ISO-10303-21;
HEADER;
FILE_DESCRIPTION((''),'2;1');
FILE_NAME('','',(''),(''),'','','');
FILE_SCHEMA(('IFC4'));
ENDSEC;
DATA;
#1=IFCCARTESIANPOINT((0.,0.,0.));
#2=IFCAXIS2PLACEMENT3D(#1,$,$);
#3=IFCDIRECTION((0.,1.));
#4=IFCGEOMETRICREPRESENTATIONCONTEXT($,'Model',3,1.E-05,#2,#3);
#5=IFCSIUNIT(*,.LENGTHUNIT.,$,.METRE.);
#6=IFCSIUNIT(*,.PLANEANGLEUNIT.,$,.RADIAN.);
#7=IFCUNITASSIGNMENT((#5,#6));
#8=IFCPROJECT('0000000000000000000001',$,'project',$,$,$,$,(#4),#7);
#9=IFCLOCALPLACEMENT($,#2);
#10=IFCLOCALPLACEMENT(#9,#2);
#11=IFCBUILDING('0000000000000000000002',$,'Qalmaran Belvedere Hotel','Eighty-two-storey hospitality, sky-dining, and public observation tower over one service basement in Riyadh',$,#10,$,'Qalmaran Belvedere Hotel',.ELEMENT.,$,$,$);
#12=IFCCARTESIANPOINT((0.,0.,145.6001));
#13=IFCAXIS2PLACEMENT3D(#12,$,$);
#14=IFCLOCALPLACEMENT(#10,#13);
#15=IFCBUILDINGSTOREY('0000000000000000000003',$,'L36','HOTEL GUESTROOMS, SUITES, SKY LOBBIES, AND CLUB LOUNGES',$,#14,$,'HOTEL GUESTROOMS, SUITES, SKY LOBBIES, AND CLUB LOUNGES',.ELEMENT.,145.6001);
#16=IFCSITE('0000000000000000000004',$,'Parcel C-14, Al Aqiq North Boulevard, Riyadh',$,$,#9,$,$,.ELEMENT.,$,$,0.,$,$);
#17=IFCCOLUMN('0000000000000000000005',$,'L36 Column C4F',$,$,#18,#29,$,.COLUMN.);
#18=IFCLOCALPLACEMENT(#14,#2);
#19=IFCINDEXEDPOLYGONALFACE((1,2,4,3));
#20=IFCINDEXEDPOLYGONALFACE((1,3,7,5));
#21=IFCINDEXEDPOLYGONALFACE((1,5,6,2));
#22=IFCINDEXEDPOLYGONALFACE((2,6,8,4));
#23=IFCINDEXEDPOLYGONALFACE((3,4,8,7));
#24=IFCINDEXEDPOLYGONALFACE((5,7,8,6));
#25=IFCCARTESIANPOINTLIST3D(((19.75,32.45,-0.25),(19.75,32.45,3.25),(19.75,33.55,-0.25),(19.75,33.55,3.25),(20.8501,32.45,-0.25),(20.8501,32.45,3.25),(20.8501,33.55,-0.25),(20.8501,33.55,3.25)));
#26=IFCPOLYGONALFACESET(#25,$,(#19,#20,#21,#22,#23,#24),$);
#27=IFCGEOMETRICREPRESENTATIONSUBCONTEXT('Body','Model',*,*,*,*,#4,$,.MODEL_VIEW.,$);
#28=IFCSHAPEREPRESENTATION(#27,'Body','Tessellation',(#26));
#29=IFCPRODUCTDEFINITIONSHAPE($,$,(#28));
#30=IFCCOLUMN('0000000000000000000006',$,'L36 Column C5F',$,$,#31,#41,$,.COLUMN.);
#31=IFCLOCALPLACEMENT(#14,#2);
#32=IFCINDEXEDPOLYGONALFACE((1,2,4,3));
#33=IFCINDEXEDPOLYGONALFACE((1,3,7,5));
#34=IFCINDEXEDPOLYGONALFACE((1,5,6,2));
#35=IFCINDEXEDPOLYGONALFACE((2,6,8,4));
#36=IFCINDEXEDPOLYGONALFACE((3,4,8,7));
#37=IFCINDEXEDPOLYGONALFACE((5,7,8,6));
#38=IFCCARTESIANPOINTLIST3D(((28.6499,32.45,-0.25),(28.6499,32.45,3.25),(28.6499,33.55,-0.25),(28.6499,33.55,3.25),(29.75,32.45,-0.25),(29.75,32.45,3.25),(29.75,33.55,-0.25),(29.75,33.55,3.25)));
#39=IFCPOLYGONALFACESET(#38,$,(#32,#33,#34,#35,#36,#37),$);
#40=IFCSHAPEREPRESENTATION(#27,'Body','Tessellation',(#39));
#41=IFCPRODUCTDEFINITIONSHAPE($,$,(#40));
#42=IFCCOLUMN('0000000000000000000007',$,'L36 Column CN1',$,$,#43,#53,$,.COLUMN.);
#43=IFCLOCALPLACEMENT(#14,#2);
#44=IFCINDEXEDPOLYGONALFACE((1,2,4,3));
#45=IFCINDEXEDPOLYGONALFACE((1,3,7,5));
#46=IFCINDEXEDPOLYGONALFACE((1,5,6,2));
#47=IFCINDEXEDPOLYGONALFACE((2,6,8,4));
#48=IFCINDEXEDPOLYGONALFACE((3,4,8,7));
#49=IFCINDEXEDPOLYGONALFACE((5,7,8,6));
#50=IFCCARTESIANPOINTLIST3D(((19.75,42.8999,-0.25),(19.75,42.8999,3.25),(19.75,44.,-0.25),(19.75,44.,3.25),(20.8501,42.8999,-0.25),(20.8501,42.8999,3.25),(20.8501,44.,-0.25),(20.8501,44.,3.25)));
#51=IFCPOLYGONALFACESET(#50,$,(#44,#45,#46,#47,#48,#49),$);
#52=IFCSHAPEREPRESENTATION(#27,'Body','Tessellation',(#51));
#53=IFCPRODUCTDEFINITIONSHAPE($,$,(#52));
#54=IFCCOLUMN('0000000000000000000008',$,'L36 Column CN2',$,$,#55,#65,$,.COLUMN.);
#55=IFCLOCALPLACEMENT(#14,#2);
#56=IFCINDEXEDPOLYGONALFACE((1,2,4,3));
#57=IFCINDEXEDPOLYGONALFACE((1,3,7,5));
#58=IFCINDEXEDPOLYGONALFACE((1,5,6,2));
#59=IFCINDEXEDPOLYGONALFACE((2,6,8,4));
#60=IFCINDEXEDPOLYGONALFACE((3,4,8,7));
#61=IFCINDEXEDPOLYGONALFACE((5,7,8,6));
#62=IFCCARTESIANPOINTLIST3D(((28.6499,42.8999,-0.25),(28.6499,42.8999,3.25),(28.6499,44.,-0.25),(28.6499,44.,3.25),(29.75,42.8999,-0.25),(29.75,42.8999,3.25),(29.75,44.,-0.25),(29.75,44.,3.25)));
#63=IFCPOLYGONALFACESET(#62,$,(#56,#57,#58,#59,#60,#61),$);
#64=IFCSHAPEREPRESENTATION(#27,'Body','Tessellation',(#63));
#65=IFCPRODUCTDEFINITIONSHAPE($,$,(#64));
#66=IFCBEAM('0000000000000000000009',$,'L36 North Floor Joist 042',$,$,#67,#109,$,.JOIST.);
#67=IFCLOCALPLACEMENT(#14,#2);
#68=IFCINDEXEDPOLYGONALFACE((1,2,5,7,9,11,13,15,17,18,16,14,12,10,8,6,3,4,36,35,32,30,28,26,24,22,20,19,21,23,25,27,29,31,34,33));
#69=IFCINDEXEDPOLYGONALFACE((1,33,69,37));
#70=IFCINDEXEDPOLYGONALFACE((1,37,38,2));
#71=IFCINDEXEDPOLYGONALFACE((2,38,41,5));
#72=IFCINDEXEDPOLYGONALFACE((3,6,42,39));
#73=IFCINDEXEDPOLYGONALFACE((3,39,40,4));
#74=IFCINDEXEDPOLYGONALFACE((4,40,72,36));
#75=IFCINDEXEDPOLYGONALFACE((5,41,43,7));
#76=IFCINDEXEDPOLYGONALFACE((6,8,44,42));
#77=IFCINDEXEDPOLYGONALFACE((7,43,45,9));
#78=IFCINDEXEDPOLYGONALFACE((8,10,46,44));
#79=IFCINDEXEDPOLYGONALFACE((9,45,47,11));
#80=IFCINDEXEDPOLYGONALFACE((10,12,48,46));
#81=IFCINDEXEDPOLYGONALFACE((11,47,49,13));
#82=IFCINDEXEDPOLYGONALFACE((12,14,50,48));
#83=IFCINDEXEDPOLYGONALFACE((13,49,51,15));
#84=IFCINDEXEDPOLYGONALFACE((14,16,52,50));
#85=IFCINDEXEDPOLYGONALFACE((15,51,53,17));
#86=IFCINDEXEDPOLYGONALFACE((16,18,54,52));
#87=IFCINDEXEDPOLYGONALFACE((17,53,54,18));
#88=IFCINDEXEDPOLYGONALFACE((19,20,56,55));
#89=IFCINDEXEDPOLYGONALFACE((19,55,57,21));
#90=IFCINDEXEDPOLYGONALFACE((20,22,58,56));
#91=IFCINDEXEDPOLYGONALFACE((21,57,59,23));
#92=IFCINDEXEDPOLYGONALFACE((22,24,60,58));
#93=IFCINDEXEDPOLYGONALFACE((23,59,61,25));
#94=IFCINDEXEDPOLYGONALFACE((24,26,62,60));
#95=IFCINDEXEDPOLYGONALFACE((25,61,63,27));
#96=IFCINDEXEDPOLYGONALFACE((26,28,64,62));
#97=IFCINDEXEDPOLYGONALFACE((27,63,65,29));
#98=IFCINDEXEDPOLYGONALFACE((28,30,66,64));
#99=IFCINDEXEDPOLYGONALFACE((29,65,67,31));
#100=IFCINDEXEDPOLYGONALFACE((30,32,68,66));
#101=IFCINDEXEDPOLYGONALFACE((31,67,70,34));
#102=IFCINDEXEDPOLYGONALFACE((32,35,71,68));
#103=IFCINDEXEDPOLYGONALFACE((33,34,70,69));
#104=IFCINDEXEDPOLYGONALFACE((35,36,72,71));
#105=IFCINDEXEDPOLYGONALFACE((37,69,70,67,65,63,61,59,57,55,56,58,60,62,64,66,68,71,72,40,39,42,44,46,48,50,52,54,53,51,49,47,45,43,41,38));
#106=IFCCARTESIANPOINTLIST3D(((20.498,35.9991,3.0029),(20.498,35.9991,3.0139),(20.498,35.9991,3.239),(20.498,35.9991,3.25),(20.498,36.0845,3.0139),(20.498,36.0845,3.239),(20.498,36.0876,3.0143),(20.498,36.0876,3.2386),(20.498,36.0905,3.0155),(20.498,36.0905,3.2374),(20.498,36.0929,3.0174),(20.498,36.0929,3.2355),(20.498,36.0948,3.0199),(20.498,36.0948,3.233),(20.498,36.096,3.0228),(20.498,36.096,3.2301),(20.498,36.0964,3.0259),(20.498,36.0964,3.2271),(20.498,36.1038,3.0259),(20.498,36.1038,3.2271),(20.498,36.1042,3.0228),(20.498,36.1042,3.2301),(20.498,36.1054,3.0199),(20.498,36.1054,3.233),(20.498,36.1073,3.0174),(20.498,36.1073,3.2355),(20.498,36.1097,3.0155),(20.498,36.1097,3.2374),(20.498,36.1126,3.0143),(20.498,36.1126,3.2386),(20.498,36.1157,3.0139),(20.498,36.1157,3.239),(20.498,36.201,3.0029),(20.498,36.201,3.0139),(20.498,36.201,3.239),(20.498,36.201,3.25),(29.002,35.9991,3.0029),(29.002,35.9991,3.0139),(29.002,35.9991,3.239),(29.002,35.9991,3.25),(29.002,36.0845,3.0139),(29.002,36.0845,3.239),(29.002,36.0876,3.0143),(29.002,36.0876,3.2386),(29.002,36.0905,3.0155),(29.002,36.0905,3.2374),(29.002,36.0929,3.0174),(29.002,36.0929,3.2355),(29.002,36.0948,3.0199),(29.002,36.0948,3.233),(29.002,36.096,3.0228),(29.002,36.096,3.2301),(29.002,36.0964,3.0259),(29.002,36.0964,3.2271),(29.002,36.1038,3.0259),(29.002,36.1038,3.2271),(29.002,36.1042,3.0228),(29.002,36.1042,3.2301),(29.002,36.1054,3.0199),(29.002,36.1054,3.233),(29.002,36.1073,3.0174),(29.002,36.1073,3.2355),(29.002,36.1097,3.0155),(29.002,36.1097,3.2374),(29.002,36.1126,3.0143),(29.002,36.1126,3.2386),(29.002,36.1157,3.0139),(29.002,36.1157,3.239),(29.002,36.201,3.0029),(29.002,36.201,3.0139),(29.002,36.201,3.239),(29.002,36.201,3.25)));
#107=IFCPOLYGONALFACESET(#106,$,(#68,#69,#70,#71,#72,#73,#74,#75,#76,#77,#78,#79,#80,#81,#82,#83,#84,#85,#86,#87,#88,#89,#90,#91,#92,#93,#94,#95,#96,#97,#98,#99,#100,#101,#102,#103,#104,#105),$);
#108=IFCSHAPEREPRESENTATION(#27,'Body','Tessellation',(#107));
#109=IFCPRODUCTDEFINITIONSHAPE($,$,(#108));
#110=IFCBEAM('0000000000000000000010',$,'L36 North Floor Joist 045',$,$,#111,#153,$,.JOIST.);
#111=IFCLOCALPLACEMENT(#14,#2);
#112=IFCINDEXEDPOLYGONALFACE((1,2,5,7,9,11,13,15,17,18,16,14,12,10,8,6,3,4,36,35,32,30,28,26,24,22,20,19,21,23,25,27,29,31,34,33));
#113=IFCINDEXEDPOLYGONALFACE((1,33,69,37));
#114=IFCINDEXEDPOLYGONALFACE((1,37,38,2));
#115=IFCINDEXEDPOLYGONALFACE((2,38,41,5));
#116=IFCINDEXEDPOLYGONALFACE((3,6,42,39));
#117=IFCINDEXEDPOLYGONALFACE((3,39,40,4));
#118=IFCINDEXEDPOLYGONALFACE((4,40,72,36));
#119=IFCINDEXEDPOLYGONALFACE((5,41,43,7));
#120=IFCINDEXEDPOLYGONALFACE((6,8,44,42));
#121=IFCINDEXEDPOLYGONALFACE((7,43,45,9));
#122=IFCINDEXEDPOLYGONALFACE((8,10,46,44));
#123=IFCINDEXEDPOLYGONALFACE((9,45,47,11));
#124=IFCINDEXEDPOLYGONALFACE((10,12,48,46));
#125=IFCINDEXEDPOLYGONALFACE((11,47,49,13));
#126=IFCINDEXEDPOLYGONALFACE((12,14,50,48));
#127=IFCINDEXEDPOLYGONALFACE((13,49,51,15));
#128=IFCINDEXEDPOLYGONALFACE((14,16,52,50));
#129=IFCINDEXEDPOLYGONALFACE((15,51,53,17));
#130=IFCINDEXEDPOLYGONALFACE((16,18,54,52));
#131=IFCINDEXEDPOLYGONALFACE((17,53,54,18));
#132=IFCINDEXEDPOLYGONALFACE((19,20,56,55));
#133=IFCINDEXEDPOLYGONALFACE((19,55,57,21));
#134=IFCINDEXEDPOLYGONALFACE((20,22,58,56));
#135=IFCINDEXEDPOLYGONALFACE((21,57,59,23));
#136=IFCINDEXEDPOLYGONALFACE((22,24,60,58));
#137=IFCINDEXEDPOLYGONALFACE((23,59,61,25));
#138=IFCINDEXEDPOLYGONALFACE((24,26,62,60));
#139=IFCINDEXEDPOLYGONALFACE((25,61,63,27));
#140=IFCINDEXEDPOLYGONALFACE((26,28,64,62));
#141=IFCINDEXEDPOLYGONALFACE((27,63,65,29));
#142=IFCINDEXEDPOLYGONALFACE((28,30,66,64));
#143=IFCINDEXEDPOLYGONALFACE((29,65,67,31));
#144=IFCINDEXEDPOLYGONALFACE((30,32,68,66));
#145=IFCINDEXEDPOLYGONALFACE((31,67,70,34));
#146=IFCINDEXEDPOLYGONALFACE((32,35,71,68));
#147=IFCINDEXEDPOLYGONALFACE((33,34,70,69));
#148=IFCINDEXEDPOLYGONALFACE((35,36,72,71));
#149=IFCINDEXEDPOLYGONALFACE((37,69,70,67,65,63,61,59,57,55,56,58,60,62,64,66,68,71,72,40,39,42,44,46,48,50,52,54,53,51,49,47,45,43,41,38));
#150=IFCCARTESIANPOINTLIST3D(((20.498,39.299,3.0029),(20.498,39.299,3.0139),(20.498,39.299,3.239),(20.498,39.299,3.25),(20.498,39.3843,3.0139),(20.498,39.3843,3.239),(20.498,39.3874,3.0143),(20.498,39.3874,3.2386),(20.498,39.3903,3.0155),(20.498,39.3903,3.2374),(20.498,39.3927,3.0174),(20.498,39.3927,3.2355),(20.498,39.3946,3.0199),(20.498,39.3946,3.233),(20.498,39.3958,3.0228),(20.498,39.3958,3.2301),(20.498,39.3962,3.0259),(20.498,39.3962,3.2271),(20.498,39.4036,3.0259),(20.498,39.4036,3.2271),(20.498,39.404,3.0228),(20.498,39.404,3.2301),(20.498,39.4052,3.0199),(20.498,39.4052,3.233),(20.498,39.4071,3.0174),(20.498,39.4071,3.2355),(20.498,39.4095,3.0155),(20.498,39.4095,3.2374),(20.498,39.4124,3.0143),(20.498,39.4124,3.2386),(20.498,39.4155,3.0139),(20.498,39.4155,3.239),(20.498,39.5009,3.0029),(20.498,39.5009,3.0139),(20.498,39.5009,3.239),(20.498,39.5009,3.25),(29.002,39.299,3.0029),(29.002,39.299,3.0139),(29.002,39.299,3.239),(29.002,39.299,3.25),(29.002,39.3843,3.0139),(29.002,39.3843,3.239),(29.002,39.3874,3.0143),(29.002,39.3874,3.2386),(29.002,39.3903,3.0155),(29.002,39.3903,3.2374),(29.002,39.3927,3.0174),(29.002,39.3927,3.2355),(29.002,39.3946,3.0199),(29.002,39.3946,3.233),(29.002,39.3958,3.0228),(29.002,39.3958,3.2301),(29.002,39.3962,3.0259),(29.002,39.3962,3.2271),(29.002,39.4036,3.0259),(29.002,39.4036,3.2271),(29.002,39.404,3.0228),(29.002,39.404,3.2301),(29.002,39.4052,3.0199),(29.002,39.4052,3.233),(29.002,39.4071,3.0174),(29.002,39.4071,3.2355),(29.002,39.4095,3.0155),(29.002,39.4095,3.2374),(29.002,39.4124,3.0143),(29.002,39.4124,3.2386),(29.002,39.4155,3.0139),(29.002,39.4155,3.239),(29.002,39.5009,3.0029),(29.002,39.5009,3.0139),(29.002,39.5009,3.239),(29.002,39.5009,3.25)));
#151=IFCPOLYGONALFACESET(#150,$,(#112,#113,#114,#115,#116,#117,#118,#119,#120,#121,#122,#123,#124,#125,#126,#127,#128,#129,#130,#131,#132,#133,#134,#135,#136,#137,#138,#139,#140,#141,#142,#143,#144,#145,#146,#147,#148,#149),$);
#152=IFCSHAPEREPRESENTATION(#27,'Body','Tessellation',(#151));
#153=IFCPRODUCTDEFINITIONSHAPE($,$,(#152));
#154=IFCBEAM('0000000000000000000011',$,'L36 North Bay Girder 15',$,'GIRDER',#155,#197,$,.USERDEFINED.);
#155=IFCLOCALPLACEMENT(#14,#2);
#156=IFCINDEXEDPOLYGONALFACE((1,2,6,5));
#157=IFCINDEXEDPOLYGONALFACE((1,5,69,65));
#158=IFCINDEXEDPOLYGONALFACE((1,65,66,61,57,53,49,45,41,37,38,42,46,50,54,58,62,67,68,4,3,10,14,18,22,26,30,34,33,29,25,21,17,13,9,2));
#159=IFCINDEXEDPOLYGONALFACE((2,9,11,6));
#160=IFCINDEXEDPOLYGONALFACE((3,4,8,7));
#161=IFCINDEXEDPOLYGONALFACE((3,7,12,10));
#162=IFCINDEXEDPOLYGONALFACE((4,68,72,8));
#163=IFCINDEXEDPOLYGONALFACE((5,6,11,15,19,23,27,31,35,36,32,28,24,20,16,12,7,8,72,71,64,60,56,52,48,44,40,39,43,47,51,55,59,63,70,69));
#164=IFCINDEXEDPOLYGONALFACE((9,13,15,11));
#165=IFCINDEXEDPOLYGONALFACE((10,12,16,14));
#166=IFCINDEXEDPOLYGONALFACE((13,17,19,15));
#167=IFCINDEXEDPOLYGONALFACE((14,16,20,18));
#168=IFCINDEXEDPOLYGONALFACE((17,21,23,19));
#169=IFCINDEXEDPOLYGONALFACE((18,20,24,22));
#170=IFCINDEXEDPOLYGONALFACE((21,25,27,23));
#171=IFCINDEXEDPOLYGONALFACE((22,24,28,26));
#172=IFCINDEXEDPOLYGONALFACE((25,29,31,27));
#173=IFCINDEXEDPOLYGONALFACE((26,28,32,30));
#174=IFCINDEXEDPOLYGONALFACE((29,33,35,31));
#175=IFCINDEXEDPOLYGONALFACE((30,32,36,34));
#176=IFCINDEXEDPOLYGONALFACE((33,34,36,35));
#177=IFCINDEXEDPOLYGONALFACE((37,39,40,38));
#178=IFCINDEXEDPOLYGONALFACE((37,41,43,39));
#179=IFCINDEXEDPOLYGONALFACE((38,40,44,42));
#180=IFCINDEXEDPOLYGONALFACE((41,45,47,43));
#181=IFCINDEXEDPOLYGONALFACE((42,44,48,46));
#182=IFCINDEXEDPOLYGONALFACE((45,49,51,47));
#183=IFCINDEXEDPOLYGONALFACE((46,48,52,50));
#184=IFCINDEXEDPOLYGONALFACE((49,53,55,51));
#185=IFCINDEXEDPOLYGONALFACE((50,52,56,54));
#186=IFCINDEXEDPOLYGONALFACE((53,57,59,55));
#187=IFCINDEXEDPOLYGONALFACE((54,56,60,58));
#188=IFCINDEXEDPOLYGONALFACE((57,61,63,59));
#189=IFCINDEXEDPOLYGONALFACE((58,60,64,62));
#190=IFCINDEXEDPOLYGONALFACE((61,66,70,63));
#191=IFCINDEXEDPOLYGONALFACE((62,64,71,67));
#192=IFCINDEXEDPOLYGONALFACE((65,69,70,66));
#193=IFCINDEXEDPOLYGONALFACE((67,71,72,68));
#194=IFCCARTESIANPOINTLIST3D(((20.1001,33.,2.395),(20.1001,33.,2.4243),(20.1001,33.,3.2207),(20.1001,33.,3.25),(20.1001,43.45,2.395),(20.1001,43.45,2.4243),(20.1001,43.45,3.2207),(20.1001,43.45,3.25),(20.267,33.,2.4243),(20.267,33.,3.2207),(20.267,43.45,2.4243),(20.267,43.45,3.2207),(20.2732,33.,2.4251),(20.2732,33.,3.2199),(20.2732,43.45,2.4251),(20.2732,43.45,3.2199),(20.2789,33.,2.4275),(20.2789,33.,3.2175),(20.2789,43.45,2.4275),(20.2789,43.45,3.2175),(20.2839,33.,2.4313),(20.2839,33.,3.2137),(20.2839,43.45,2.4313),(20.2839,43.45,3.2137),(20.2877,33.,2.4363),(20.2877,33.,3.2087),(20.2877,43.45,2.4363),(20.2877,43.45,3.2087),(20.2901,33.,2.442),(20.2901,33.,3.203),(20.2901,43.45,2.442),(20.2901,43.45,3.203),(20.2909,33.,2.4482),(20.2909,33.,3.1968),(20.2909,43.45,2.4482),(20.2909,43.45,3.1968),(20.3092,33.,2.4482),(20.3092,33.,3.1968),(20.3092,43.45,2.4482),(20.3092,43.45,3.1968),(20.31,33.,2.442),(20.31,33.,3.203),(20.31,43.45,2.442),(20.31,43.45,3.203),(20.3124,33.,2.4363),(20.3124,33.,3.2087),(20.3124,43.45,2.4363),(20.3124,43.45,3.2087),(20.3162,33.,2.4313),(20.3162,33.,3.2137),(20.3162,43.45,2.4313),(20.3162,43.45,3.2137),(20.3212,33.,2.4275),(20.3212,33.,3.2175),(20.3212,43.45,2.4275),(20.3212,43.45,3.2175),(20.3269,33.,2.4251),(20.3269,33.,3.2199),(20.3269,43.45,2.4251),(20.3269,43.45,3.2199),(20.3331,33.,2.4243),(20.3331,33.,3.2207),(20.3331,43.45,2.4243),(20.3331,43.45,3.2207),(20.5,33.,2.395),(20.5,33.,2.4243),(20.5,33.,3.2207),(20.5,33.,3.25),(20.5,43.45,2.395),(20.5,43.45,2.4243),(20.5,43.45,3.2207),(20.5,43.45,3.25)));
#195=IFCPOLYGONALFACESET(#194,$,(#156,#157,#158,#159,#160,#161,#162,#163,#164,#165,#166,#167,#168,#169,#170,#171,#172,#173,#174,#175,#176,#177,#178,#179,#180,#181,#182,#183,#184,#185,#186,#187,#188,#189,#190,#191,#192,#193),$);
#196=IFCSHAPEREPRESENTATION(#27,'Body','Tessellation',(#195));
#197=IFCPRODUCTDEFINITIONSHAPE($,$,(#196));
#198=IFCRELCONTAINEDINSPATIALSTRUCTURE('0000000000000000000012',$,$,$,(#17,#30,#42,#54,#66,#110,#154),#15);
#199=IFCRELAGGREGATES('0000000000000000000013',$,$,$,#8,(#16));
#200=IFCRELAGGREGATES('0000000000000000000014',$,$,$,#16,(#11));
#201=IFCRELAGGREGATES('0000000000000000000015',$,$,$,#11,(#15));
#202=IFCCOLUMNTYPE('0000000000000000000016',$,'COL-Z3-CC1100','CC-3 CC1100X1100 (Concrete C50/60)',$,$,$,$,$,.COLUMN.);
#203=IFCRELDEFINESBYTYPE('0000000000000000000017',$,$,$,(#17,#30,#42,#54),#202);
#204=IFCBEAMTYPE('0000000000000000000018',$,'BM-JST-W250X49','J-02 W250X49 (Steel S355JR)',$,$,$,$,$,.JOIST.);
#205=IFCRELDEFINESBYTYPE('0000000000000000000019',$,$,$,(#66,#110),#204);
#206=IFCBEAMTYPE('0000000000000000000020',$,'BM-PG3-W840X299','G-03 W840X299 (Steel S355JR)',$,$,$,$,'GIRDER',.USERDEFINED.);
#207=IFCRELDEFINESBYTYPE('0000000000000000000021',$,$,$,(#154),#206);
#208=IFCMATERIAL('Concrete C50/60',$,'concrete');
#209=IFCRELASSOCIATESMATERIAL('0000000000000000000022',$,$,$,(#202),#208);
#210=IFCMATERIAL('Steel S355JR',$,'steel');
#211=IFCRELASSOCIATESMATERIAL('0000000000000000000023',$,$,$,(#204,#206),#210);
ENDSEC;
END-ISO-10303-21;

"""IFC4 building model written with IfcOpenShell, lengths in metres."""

from ifc_helpers import new_model, si_unit, direction, frame, origin, origin_2d, place, context, subcontext, project, spatial, rectangle, i_section, extrude, material, material_profile, profile_set, type_object, element, save


model = new_model("IFC4")

# Units and contexts
model_context = context("Model", 3, precision=1e-05, world=origin(), true_north=direction((0.0, 1.0)))
body_context = subcontext(model_context, "Body", "Model", "MODEL_VIEW")
ifc_project = project(units=[si_unit("LENGTHUNIT", "METRE"), si_unit("PLANEANGLEUNIT", "RADIAN")], contexts=[model_context])

# Site, building, storey
site_placement = place(None, origin())
site = spatial("IfcSite", under=ifc_project, at=site_placement, Name="Parcel C-14, Al Aqiq North Boulevard, Riyadh", CompositionType="ELEMENT", RefElevation=0.0)
building_placement = place(site_placement, origin())
building = spatial("IfcBuilding", under=site, at=building_placement, Name="Qalmaran Belvedere Hotel", Description="Eighty-two-storey hospitality, sky-dining, and public observation tower over one service basement in Riyadh", LongName="Qalmaran Belvedere Hotel", CompositionType="ELEMENT")
storey_placement = place(building_placement, frame((0.0, 0.0, 145.6001)))
storey = spatial("IfcBuildingStorey", under=building, at=storey_placement, Name="L36", Description="HOTEL GUESTROOMS, SUITES, SKY LOBBIES, AND CLUB LOUNGES", LongName="HOTEL GUESTROOMS, SUITES, SKY LOBBIES, AND CLUB LOUNGES", CompositionType="ELEMENT", Elevation=145.6001)

# Columns
ifc_material_1 = material(Name="Concrete C50/60", Category="concrete")
ifc_material_profile_1 = material_profile(ifc_material_1, rectangle(XDim=1.1001, YDim=1.1001, at=origin_2d()), Name="CC1100X1100")
ifc_profile_set_1 = profile_set([ifc_material_profile_1], Name="Concrete C50/60")
column_type = type_object("IfcColumnType", Name="COL-Z3-CC1100", Description="CC-3 CC1100X1100 (Concrete C50/60)", PredefinedType="COLUMN", material=ifc_profile_set_1)
for number, where, z_axis, x_axis, name in (
    (1, (20.3, 33.0, -0.25), (0.0, 0.0, 1.0), (1.0, 0.0, 0.0), "L36 Column C4F"),
    (2, (29.2, 33.0, -0.25), (0.0, 0.0, 1.0), (1.0, 0.0, 0.0), "L36 Column C5F"),
    (3, (20.3, 43.45, -0.25), (0.0, 0.0, 1.0), (1.0, 0.0, 0.0), "L36 Column CN1"),
    (4, (29.2, 43.45, -0.25), (0.0, 0.0, 1.0), (1.0, 0.0, 0.0), "L36 Column CN2"),
):
    element("IfcColumn", number, at=place(storey_placement, frame(where, z_axis=z_axis, x_axis=x_axis)), inside=storey, type_object=column_type, Name=name, PredefinedType="COLUMN", context=body_context, shape_type="SweptSolid", body=[
        extrude(rectangle(XDim=1.1001, YDim=1.1001, at=origin_2d()), origin(), (0.0, 0.0, 1.0), 3.5),
    ])

# Beams
ifc_material_2 = material(Name="Steel S355JR", Category="steel")
ifc_material_profile_2 = material_profile(ifc_material_2, i_section(OverallWidth=0.2019, OverallDepth=0.2471, WebThickness=0.0073, FlangeThickness=0.011, FilletRadius=0.012, at=origin_2d()), Name="W250X49")
ifc_profile_set_2 = profile_set([ifc_material_profile_2], Name="Steel S355JR")
beam_type_1 = type_object("IfcBeamType", Name="BM-JST-W250X49", Description="J-02 W250X49 (Steel S355JR)", PredefinedType="JOIST", material=ifc_profile_set_2)
for number, where, z_axis, x_axis, name in (
    (5, (20.498, 36.1001, 3.1265), (1.0, 0.0, 0.0), (0.0, 1.0, 0.0), "L36 North Floor Joist 042"),
    (6, (20.498, 39.3999, 3.1265), (1.0, 0.0, 0.0), (0.0, 1.0, 0.0), "L36 North Floor Joist 045"),
):
    element("IfcBeam", number, at=place(storey_placement, frame(where, z_axis=z_axis, x_axis=x_axis)), inside=storey, type_object=beam_type_1, Name=name, PredefinedType="JOIST", context=body_context, shape_type="SweptSolid", body=[
        extrude(i_section(OverallWidth=0.2019, OverallDepth=0.2471, WebThickness=0.0073, FlangeThickness=0.011, FilletRadius=0.012, at=origin_2d()), origin(), (0.0, 0.0, 1.0), 8.5039),
    ])
ifc_material_profile_3 = material_profile(ifc_material_2, i_section(OverallWidth=0.3999, OverallDepth=0.855, WebThickness=0.0183, FlangeThickness=0.0293, FilletRadius=0.0239, at=origin_2d()), Name="W840X299")
ifc_profile_set_3 = profile_set([ifc_material_profile_3], Name="Steel S355JR")
beam_type_2 = type_object("IfcBeamType", Name="BM-PG3-W840X299", Description="G-03 W840X299 (Steel S355JR)", ElementType="GIRDER", PredefinedType="USERDEFINED", material=ifc_profile_set_3)
for number, where, z_axis, x_axis, name in (
    (7, (20.3, 33.0, 2.8225), (0.0, 1.0, 0.0), (-1.0, 0.0, 0.0), "L36 North Bay Girder 15"),
):
    element("IfcBeam", number, at=place(storey_placement, frame(where, z_axis=z_axis, x_axis=x_axis)), inside=storey, type_object=beam_type_2, Name=name, ObjectType="GIRDER", PredefinedType="USERDEFINED", context=body_context, shape_type="SweptSolid", body=[
        extrude(i_section(OverallWidth=0.3999, OverallDepth=0.855, WebThickness=0.0183, FlangeThickness=0.0293, FilletRadius=0.0239, at=origin_2d()), origin(), (0.0, 0.0, 1.0), 10.45),
    ])

save(model, "model.ifc")
